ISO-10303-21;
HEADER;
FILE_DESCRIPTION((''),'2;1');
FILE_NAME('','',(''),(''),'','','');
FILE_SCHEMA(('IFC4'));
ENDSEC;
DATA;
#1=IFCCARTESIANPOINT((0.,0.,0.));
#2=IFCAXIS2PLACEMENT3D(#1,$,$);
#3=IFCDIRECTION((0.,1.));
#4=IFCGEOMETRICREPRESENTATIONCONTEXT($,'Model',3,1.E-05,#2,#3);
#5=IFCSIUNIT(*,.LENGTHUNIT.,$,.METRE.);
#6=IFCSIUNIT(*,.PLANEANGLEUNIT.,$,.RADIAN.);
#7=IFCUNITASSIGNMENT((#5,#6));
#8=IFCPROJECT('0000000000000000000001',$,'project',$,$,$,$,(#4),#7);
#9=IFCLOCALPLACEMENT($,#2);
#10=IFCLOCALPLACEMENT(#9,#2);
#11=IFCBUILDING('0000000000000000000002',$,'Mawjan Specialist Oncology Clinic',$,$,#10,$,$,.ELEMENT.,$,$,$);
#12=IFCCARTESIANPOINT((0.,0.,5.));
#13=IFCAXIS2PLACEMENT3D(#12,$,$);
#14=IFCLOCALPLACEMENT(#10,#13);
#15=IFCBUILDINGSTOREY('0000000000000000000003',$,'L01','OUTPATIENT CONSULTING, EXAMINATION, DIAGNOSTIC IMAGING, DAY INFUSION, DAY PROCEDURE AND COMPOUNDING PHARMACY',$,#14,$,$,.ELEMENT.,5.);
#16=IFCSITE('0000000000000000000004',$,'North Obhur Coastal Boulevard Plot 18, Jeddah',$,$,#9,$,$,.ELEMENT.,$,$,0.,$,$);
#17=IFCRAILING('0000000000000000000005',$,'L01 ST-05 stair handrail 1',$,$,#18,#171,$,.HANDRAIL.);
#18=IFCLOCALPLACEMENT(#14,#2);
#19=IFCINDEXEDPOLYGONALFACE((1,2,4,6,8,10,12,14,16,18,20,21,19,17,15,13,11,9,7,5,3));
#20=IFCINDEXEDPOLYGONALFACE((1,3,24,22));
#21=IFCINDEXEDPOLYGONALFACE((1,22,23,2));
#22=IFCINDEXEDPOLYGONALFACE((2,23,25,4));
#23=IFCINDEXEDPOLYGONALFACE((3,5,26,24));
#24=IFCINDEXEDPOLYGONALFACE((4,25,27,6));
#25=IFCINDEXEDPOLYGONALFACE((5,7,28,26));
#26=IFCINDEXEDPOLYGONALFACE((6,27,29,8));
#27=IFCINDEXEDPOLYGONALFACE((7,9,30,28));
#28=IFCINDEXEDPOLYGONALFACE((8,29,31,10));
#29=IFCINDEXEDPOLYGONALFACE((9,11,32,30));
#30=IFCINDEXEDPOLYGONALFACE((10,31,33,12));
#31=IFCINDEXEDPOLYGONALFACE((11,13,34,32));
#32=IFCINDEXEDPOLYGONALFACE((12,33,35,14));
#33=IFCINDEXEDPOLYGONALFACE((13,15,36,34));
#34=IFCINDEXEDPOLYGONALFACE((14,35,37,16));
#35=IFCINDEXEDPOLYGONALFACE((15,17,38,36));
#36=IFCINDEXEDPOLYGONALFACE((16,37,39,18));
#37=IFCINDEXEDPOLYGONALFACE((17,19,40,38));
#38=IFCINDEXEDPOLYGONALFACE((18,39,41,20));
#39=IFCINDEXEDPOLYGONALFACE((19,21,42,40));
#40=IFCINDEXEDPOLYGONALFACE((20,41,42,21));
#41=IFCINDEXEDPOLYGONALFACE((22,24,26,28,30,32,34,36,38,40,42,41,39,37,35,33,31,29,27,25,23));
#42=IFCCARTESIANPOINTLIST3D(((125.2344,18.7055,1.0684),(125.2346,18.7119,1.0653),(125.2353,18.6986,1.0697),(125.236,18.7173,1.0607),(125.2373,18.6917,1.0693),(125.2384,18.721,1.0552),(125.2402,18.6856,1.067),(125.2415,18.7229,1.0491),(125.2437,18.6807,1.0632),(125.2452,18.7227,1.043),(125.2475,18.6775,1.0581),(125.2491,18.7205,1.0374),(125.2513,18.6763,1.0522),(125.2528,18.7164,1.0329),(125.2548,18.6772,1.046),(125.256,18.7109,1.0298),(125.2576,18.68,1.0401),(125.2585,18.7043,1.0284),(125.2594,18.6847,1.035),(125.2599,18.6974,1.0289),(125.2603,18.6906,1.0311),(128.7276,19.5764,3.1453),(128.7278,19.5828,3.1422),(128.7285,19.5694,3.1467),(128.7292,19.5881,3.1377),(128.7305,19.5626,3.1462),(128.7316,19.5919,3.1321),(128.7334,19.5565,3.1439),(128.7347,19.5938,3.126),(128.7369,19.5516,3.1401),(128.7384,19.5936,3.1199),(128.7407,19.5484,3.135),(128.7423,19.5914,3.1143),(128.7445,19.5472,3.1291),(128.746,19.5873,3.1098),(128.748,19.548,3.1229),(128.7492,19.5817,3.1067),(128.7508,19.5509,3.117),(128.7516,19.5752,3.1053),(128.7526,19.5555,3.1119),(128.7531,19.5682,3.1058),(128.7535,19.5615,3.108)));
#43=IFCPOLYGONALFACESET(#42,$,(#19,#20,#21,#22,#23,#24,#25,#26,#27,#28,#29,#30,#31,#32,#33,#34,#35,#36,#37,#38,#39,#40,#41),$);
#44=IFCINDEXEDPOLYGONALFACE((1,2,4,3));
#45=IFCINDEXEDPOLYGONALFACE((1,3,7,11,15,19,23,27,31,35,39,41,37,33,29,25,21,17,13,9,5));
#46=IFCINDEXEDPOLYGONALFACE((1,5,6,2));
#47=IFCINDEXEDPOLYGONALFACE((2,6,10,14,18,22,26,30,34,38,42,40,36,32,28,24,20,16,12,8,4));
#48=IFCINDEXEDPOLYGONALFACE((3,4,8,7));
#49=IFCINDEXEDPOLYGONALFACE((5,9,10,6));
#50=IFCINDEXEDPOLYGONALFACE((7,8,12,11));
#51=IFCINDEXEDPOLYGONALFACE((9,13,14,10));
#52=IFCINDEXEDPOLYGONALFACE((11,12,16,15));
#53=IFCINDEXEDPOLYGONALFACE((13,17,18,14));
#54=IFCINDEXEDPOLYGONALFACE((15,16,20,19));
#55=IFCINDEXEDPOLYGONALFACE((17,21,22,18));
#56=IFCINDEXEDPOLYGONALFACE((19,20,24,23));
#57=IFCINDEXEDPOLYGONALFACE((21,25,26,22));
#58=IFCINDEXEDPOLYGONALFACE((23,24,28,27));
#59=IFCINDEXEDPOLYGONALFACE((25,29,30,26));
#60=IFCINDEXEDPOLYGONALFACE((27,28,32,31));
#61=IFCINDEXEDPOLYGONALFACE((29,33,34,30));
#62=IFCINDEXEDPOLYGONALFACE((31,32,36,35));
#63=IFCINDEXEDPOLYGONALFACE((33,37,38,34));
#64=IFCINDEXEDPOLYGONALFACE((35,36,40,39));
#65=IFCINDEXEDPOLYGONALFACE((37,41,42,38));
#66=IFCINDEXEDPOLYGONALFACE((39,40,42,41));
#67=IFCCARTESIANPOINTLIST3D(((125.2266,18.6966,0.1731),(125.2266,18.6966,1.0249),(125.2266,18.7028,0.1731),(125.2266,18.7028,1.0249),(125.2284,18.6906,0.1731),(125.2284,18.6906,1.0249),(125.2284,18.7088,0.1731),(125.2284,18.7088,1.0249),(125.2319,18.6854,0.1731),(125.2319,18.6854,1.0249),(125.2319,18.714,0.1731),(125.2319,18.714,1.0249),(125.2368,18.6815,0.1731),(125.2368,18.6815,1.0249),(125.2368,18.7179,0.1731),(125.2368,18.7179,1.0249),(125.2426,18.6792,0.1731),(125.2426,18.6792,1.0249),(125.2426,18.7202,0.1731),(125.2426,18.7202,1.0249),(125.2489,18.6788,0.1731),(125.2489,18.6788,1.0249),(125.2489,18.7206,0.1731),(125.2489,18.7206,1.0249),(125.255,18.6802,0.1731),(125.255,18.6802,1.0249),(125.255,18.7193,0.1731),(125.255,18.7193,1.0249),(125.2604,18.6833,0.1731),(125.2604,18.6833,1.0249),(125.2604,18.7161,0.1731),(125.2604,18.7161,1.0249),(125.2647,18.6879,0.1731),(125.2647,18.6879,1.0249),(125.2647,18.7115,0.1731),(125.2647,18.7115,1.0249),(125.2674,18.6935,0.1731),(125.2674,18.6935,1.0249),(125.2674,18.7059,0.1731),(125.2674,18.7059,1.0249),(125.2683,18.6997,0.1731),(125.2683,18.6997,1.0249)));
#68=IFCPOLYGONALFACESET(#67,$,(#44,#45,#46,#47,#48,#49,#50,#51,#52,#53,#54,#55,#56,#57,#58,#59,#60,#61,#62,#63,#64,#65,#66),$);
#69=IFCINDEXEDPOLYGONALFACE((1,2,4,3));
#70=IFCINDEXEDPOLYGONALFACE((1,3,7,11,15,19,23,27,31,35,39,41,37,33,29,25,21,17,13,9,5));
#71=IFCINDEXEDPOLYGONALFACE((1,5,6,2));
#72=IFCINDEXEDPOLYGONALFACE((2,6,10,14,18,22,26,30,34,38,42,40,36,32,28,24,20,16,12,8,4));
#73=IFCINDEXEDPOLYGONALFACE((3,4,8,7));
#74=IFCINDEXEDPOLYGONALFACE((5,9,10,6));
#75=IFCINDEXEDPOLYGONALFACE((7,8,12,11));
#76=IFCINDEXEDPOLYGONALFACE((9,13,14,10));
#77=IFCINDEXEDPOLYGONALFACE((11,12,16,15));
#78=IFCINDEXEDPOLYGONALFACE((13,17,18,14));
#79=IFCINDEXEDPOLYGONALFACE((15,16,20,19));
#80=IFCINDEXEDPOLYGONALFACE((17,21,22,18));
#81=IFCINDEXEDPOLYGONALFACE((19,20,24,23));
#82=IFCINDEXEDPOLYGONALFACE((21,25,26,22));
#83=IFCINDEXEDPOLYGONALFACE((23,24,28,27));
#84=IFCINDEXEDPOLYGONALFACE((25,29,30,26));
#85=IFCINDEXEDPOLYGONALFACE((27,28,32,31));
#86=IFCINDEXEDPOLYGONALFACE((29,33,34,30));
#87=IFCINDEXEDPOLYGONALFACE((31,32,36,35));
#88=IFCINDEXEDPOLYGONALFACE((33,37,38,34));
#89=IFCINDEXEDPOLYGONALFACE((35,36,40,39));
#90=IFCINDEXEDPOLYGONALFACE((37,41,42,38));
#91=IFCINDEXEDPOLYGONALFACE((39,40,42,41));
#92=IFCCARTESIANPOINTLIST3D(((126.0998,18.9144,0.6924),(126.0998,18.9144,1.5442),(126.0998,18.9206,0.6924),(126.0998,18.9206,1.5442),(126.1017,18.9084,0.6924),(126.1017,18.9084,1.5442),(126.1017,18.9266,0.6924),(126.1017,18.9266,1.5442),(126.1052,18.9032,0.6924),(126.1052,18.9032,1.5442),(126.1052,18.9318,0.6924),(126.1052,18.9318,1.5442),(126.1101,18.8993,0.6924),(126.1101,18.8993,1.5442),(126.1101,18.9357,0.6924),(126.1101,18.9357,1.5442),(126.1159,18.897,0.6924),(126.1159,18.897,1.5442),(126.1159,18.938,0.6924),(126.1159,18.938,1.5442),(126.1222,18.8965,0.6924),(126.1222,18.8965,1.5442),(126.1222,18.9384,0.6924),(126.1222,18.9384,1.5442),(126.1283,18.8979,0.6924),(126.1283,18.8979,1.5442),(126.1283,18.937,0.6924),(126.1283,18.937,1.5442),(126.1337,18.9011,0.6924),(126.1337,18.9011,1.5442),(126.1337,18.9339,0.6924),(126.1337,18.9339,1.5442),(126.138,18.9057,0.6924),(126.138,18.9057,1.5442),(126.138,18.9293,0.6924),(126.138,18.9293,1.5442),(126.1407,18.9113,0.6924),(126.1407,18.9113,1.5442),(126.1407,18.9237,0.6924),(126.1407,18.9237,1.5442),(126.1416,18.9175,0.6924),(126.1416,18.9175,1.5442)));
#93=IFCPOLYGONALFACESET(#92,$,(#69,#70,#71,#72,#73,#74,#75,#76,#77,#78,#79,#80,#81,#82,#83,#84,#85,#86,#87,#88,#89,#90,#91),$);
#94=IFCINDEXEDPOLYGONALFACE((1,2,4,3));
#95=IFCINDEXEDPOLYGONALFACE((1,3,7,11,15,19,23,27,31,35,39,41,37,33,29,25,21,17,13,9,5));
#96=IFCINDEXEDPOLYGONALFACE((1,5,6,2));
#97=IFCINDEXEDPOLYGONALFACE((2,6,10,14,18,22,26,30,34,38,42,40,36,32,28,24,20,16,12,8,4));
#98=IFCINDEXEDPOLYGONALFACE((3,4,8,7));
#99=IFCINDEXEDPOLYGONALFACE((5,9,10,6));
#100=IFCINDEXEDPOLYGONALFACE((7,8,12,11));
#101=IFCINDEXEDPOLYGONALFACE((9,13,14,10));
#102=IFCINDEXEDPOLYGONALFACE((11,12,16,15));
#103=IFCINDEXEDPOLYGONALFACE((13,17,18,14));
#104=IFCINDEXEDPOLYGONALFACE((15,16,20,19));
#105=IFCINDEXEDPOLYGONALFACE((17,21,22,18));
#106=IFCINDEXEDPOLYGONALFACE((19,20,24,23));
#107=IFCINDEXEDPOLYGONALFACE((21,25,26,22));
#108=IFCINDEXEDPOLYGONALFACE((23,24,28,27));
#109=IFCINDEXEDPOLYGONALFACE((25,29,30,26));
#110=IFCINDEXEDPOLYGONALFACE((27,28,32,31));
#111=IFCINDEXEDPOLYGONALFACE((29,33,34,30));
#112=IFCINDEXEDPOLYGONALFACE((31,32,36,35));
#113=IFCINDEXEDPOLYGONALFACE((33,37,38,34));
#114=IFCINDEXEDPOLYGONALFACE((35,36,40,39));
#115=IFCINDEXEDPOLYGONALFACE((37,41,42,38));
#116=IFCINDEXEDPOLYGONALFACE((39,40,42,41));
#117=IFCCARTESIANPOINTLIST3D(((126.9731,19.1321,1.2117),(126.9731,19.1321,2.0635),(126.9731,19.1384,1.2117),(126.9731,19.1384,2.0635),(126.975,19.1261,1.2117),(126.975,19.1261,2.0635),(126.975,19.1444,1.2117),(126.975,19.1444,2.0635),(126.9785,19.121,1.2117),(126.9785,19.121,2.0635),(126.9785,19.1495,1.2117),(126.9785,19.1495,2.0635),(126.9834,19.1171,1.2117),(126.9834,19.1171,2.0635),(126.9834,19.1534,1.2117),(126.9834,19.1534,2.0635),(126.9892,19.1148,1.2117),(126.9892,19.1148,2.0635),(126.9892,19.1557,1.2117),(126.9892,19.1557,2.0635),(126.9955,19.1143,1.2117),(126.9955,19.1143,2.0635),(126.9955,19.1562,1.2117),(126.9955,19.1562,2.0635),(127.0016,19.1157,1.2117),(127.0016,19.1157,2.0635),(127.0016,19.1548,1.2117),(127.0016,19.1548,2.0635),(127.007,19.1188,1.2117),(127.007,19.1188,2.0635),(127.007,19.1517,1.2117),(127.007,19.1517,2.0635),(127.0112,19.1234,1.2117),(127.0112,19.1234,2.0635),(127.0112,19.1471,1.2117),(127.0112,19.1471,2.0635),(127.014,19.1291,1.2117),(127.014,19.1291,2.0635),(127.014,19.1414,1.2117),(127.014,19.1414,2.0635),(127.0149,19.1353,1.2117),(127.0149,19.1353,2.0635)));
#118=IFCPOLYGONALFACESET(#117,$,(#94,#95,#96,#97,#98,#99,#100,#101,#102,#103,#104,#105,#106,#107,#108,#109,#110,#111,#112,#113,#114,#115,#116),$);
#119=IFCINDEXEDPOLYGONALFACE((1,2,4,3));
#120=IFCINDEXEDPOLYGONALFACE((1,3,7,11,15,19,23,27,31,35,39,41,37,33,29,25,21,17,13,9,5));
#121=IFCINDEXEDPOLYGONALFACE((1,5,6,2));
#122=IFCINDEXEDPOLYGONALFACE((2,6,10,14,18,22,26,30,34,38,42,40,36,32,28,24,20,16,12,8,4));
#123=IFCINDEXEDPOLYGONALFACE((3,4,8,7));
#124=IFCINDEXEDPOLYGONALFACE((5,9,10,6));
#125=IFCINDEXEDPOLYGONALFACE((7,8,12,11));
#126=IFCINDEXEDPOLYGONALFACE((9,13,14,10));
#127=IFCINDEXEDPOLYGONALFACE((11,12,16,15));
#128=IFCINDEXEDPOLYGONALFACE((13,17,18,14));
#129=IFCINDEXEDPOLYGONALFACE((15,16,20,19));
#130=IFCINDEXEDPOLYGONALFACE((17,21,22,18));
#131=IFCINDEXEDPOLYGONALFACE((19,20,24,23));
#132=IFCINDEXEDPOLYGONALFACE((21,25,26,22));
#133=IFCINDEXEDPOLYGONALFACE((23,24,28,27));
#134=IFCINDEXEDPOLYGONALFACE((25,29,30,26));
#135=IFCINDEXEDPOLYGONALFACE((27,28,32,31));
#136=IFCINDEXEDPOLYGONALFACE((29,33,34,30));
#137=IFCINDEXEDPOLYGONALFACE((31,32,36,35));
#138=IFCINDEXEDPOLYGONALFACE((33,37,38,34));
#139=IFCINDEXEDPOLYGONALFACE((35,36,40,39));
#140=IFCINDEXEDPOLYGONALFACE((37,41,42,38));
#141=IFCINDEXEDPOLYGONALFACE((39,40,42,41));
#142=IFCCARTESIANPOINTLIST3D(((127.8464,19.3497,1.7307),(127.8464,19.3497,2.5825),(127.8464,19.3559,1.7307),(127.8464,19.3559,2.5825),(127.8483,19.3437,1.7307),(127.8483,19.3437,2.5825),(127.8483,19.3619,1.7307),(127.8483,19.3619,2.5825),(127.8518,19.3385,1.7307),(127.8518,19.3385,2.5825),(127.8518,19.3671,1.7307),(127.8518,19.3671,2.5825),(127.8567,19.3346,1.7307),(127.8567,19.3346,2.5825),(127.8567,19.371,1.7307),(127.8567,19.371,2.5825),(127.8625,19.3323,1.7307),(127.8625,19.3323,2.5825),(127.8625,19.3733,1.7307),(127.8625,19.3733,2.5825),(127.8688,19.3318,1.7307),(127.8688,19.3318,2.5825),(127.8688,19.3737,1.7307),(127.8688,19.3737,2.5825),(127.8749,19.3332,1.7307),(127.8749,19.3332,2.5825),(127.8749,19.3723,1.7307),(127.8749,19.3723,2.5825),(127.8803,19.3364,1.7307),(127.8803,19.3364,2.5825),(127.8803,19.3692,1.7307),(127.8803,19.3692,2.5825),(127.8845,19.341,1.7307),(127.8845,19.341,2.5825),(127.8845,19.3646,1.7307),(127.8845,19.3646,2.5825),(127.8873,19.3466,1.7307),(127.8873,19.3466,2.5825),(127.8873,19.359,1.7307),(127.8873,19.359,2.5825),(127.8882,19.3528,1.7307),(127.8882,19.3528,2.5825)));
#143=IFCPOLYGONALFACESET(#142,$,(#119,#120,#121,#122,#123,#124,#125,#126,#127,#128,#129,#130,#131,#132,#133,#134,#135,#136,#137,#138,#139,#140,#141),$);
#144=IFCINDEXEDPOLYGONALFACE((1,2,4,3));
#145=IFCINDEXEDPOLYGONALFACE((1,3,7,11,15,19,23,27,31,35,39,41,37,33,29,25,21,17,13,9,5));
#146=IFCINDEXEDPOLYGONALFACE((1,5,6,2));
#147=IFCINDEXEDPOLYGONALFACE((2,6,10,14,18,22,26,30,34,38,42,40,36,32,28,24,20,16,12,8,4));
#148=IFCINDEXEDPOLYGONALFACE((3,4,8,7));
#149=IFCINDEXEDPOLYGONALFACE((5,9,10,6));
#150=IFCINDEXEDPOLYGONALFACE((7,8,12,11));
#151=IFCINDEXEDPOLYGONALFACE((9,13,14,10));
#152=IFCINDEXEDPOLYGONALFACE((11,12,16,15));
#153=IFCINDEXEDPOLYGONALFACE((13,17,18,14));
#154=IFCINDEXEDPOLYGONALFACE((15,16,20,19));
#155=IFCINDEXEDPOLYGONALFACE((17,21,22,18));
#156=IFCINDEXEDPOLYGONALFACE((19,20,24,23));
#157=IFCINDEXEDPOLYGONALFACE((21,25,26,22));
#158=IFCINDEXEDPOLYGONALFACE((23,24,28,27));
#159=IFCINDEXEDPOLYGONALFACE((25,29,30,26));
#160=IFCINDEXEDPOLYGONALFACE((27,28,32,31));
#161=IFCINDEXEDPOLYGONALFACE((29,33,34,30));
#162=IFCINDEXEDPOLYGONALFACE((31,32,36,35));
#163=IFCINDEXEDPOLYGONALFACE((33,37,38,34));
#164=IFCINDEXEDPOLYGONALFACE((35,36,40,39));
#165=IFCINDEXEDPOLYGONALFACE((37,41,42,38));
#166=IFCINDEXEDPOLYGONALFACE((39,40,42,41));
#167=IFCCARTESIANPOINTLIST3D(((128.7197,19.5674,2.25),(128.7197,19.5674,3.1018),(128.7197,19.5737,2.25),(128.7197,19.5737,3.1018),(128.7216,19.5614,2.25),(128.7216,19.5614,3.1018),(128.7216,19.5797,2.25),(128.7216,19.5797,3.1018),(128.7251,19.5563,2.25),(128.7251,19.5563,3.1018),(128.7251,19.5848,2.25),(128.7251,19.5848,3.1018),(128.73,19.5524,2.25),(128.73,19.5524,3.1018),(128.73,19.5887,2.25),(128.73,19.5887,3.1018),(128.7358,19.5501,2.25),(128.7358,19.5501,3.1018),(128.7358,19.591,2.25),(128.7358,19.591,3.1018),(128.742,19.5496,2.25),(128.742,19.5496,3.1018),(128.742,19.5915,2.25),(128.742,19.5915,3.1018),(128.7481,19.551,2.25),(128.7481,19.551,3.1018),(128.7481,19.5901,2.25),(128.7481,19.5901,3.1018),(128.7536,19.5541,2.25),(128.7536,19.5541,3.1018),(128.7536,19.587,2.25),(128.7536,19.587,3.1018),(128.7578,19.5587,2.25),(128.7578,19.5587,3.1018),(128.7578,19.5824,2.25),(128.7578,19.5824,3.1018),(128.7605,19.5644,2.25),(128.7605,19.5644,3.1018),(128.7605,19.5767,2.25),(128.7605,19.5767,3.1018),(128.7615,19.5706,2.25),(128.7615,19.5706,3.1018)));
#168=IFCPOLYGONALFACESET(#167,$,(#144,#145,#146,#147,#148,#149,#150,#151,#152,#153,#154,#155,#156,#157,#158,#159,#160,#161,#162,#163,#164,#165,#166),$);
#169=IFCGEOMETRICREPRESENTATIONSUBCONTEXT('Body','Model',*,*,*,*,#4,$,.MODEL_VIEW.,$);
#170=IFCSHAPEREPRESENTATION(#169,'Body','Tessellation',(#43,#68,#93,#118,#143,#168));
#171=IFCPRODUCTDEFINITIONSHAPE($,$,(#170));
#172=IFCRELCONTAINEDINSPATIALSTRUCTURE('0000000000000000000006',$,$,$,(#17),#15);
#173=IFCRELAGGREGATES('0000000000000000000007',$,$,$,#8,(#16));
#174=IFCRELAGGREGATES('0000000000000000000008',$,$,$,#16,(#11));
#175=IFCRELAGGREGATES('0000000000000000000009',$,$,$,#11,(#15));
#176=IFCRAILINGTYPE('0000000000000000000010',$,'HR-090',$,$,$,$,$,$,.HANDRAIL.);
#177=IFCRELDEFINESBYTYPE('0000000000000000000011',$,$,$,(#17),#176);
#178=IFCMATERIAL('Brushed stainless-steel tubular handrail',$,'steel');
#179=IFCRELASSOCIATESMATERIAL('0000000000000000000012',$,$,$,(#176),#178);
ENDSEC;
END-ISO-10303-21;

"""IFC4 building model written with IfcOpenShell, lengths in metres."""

from ifc_helpers import new_model, si_unit, direction, frame, origin, origin_2d, place, context, subcontext, project, spatial, circle, extrude, material, type_object, element, save


model = new_model("IFC4")

# Units and contexts
model_context = context("Model", 3, precision=1e-05, world=origin(), true_north=direction((0.0, 1.0)))
body_context = subcontext(model_context, "Body", "Model", "MODEL_VIEW")
ifc_project = project(units=[si_unit("LENGTHUNIT", "METRE"), si_unit("PLANEANGLEUNIT", "RADIAN")], contexts=[model_context])

# Site, building, storey
site_placement = place(None, origin())
site = spatial("IfcSite", under=ifc_project, at=site_placement, Name="North Obhur Coastal Boulevard Plot 18, Jeddah", CompositionType="ELEMENT", RefElevation=0.0)
building_placement = place(site_placement, origin())
building = spatial("IfcBuilding", under=site, at=building_placement, Name="Mawjan Specialist Oncology Clinic", CompositionType="ELEMENT")
storey_placement = place(building_placement, frame((0.0, 0.0, 5.0)))
storey = spatial("IfcBuildingStorey", under=building, at=storey_placement, Name="L01", Description="OUTPATIENT CONSULTING, EXAMINATION, DIAGNOSTIC IMAGING, DAY INFUSION, DAY PROCEDURE AND COMPOUNDING PHARMACY", CompositionType="ELEMENT", Elevation=5.0)

# Railing
ifc_material_1 = material(Name="Brushed stainless-steel tubular handrail", Category="steel")
railing_type_1 = type_object("IfcRailingType", Name="HR-090", PredefinedType="HANDRAIL", material=ifc_material_1)
railing_1_placement = place(storey_placement, frame((125.2473, 18.6997, 0.1731)))
element("IfcRailing", 1, at=railing_1_placement, inside=storey, type_object=railing_type_1, Name="L01 ST-05 stair handrail 1", PredefinedType="HANDRAIL", context=body_context, shape_type="SweptSolid", body=[
    extrude(circle(Radius=0.0239, at=origin_2d()), frame((0.0, 0.0, 0.876), z_axis=(0.840468, 0.20953, 0.499711), x_axis=(-0.241897, 0.970302, 0.0)), (0.0, 0.0, 1.0), 4.1562),
    extrude(circle(Radius=0.021, at=origin_2d()), origin(), (0.0, 0.0, 1.0), 0.8518),
    extrude(circle(Radius=0.021, at=origin_2d()), frame((0.8733, 0.2178, 0.5193)), (0.0, 0.0, 1.0), 0.8518),
    extrude(circle(Radius=0.021, at=origin_2d()), frame((1.7466, 0.4355, 1.0386)), (0.0, 0.0, 1.0), 0.8518),
    extrude(circle(Radius=0.021, at=origin_2d()), frame((2.6199, 0.6531, 1.5576)), (0.0, 0.0, 1.0), 0.8518),
    extrude(circle(Radius=0.021, at=origin_2d()), frame((3.4932, 0.8708, 2.0769)), (0.0, 0.0, 1.0), 0.8518),
])

save(model, "model.ifc")
